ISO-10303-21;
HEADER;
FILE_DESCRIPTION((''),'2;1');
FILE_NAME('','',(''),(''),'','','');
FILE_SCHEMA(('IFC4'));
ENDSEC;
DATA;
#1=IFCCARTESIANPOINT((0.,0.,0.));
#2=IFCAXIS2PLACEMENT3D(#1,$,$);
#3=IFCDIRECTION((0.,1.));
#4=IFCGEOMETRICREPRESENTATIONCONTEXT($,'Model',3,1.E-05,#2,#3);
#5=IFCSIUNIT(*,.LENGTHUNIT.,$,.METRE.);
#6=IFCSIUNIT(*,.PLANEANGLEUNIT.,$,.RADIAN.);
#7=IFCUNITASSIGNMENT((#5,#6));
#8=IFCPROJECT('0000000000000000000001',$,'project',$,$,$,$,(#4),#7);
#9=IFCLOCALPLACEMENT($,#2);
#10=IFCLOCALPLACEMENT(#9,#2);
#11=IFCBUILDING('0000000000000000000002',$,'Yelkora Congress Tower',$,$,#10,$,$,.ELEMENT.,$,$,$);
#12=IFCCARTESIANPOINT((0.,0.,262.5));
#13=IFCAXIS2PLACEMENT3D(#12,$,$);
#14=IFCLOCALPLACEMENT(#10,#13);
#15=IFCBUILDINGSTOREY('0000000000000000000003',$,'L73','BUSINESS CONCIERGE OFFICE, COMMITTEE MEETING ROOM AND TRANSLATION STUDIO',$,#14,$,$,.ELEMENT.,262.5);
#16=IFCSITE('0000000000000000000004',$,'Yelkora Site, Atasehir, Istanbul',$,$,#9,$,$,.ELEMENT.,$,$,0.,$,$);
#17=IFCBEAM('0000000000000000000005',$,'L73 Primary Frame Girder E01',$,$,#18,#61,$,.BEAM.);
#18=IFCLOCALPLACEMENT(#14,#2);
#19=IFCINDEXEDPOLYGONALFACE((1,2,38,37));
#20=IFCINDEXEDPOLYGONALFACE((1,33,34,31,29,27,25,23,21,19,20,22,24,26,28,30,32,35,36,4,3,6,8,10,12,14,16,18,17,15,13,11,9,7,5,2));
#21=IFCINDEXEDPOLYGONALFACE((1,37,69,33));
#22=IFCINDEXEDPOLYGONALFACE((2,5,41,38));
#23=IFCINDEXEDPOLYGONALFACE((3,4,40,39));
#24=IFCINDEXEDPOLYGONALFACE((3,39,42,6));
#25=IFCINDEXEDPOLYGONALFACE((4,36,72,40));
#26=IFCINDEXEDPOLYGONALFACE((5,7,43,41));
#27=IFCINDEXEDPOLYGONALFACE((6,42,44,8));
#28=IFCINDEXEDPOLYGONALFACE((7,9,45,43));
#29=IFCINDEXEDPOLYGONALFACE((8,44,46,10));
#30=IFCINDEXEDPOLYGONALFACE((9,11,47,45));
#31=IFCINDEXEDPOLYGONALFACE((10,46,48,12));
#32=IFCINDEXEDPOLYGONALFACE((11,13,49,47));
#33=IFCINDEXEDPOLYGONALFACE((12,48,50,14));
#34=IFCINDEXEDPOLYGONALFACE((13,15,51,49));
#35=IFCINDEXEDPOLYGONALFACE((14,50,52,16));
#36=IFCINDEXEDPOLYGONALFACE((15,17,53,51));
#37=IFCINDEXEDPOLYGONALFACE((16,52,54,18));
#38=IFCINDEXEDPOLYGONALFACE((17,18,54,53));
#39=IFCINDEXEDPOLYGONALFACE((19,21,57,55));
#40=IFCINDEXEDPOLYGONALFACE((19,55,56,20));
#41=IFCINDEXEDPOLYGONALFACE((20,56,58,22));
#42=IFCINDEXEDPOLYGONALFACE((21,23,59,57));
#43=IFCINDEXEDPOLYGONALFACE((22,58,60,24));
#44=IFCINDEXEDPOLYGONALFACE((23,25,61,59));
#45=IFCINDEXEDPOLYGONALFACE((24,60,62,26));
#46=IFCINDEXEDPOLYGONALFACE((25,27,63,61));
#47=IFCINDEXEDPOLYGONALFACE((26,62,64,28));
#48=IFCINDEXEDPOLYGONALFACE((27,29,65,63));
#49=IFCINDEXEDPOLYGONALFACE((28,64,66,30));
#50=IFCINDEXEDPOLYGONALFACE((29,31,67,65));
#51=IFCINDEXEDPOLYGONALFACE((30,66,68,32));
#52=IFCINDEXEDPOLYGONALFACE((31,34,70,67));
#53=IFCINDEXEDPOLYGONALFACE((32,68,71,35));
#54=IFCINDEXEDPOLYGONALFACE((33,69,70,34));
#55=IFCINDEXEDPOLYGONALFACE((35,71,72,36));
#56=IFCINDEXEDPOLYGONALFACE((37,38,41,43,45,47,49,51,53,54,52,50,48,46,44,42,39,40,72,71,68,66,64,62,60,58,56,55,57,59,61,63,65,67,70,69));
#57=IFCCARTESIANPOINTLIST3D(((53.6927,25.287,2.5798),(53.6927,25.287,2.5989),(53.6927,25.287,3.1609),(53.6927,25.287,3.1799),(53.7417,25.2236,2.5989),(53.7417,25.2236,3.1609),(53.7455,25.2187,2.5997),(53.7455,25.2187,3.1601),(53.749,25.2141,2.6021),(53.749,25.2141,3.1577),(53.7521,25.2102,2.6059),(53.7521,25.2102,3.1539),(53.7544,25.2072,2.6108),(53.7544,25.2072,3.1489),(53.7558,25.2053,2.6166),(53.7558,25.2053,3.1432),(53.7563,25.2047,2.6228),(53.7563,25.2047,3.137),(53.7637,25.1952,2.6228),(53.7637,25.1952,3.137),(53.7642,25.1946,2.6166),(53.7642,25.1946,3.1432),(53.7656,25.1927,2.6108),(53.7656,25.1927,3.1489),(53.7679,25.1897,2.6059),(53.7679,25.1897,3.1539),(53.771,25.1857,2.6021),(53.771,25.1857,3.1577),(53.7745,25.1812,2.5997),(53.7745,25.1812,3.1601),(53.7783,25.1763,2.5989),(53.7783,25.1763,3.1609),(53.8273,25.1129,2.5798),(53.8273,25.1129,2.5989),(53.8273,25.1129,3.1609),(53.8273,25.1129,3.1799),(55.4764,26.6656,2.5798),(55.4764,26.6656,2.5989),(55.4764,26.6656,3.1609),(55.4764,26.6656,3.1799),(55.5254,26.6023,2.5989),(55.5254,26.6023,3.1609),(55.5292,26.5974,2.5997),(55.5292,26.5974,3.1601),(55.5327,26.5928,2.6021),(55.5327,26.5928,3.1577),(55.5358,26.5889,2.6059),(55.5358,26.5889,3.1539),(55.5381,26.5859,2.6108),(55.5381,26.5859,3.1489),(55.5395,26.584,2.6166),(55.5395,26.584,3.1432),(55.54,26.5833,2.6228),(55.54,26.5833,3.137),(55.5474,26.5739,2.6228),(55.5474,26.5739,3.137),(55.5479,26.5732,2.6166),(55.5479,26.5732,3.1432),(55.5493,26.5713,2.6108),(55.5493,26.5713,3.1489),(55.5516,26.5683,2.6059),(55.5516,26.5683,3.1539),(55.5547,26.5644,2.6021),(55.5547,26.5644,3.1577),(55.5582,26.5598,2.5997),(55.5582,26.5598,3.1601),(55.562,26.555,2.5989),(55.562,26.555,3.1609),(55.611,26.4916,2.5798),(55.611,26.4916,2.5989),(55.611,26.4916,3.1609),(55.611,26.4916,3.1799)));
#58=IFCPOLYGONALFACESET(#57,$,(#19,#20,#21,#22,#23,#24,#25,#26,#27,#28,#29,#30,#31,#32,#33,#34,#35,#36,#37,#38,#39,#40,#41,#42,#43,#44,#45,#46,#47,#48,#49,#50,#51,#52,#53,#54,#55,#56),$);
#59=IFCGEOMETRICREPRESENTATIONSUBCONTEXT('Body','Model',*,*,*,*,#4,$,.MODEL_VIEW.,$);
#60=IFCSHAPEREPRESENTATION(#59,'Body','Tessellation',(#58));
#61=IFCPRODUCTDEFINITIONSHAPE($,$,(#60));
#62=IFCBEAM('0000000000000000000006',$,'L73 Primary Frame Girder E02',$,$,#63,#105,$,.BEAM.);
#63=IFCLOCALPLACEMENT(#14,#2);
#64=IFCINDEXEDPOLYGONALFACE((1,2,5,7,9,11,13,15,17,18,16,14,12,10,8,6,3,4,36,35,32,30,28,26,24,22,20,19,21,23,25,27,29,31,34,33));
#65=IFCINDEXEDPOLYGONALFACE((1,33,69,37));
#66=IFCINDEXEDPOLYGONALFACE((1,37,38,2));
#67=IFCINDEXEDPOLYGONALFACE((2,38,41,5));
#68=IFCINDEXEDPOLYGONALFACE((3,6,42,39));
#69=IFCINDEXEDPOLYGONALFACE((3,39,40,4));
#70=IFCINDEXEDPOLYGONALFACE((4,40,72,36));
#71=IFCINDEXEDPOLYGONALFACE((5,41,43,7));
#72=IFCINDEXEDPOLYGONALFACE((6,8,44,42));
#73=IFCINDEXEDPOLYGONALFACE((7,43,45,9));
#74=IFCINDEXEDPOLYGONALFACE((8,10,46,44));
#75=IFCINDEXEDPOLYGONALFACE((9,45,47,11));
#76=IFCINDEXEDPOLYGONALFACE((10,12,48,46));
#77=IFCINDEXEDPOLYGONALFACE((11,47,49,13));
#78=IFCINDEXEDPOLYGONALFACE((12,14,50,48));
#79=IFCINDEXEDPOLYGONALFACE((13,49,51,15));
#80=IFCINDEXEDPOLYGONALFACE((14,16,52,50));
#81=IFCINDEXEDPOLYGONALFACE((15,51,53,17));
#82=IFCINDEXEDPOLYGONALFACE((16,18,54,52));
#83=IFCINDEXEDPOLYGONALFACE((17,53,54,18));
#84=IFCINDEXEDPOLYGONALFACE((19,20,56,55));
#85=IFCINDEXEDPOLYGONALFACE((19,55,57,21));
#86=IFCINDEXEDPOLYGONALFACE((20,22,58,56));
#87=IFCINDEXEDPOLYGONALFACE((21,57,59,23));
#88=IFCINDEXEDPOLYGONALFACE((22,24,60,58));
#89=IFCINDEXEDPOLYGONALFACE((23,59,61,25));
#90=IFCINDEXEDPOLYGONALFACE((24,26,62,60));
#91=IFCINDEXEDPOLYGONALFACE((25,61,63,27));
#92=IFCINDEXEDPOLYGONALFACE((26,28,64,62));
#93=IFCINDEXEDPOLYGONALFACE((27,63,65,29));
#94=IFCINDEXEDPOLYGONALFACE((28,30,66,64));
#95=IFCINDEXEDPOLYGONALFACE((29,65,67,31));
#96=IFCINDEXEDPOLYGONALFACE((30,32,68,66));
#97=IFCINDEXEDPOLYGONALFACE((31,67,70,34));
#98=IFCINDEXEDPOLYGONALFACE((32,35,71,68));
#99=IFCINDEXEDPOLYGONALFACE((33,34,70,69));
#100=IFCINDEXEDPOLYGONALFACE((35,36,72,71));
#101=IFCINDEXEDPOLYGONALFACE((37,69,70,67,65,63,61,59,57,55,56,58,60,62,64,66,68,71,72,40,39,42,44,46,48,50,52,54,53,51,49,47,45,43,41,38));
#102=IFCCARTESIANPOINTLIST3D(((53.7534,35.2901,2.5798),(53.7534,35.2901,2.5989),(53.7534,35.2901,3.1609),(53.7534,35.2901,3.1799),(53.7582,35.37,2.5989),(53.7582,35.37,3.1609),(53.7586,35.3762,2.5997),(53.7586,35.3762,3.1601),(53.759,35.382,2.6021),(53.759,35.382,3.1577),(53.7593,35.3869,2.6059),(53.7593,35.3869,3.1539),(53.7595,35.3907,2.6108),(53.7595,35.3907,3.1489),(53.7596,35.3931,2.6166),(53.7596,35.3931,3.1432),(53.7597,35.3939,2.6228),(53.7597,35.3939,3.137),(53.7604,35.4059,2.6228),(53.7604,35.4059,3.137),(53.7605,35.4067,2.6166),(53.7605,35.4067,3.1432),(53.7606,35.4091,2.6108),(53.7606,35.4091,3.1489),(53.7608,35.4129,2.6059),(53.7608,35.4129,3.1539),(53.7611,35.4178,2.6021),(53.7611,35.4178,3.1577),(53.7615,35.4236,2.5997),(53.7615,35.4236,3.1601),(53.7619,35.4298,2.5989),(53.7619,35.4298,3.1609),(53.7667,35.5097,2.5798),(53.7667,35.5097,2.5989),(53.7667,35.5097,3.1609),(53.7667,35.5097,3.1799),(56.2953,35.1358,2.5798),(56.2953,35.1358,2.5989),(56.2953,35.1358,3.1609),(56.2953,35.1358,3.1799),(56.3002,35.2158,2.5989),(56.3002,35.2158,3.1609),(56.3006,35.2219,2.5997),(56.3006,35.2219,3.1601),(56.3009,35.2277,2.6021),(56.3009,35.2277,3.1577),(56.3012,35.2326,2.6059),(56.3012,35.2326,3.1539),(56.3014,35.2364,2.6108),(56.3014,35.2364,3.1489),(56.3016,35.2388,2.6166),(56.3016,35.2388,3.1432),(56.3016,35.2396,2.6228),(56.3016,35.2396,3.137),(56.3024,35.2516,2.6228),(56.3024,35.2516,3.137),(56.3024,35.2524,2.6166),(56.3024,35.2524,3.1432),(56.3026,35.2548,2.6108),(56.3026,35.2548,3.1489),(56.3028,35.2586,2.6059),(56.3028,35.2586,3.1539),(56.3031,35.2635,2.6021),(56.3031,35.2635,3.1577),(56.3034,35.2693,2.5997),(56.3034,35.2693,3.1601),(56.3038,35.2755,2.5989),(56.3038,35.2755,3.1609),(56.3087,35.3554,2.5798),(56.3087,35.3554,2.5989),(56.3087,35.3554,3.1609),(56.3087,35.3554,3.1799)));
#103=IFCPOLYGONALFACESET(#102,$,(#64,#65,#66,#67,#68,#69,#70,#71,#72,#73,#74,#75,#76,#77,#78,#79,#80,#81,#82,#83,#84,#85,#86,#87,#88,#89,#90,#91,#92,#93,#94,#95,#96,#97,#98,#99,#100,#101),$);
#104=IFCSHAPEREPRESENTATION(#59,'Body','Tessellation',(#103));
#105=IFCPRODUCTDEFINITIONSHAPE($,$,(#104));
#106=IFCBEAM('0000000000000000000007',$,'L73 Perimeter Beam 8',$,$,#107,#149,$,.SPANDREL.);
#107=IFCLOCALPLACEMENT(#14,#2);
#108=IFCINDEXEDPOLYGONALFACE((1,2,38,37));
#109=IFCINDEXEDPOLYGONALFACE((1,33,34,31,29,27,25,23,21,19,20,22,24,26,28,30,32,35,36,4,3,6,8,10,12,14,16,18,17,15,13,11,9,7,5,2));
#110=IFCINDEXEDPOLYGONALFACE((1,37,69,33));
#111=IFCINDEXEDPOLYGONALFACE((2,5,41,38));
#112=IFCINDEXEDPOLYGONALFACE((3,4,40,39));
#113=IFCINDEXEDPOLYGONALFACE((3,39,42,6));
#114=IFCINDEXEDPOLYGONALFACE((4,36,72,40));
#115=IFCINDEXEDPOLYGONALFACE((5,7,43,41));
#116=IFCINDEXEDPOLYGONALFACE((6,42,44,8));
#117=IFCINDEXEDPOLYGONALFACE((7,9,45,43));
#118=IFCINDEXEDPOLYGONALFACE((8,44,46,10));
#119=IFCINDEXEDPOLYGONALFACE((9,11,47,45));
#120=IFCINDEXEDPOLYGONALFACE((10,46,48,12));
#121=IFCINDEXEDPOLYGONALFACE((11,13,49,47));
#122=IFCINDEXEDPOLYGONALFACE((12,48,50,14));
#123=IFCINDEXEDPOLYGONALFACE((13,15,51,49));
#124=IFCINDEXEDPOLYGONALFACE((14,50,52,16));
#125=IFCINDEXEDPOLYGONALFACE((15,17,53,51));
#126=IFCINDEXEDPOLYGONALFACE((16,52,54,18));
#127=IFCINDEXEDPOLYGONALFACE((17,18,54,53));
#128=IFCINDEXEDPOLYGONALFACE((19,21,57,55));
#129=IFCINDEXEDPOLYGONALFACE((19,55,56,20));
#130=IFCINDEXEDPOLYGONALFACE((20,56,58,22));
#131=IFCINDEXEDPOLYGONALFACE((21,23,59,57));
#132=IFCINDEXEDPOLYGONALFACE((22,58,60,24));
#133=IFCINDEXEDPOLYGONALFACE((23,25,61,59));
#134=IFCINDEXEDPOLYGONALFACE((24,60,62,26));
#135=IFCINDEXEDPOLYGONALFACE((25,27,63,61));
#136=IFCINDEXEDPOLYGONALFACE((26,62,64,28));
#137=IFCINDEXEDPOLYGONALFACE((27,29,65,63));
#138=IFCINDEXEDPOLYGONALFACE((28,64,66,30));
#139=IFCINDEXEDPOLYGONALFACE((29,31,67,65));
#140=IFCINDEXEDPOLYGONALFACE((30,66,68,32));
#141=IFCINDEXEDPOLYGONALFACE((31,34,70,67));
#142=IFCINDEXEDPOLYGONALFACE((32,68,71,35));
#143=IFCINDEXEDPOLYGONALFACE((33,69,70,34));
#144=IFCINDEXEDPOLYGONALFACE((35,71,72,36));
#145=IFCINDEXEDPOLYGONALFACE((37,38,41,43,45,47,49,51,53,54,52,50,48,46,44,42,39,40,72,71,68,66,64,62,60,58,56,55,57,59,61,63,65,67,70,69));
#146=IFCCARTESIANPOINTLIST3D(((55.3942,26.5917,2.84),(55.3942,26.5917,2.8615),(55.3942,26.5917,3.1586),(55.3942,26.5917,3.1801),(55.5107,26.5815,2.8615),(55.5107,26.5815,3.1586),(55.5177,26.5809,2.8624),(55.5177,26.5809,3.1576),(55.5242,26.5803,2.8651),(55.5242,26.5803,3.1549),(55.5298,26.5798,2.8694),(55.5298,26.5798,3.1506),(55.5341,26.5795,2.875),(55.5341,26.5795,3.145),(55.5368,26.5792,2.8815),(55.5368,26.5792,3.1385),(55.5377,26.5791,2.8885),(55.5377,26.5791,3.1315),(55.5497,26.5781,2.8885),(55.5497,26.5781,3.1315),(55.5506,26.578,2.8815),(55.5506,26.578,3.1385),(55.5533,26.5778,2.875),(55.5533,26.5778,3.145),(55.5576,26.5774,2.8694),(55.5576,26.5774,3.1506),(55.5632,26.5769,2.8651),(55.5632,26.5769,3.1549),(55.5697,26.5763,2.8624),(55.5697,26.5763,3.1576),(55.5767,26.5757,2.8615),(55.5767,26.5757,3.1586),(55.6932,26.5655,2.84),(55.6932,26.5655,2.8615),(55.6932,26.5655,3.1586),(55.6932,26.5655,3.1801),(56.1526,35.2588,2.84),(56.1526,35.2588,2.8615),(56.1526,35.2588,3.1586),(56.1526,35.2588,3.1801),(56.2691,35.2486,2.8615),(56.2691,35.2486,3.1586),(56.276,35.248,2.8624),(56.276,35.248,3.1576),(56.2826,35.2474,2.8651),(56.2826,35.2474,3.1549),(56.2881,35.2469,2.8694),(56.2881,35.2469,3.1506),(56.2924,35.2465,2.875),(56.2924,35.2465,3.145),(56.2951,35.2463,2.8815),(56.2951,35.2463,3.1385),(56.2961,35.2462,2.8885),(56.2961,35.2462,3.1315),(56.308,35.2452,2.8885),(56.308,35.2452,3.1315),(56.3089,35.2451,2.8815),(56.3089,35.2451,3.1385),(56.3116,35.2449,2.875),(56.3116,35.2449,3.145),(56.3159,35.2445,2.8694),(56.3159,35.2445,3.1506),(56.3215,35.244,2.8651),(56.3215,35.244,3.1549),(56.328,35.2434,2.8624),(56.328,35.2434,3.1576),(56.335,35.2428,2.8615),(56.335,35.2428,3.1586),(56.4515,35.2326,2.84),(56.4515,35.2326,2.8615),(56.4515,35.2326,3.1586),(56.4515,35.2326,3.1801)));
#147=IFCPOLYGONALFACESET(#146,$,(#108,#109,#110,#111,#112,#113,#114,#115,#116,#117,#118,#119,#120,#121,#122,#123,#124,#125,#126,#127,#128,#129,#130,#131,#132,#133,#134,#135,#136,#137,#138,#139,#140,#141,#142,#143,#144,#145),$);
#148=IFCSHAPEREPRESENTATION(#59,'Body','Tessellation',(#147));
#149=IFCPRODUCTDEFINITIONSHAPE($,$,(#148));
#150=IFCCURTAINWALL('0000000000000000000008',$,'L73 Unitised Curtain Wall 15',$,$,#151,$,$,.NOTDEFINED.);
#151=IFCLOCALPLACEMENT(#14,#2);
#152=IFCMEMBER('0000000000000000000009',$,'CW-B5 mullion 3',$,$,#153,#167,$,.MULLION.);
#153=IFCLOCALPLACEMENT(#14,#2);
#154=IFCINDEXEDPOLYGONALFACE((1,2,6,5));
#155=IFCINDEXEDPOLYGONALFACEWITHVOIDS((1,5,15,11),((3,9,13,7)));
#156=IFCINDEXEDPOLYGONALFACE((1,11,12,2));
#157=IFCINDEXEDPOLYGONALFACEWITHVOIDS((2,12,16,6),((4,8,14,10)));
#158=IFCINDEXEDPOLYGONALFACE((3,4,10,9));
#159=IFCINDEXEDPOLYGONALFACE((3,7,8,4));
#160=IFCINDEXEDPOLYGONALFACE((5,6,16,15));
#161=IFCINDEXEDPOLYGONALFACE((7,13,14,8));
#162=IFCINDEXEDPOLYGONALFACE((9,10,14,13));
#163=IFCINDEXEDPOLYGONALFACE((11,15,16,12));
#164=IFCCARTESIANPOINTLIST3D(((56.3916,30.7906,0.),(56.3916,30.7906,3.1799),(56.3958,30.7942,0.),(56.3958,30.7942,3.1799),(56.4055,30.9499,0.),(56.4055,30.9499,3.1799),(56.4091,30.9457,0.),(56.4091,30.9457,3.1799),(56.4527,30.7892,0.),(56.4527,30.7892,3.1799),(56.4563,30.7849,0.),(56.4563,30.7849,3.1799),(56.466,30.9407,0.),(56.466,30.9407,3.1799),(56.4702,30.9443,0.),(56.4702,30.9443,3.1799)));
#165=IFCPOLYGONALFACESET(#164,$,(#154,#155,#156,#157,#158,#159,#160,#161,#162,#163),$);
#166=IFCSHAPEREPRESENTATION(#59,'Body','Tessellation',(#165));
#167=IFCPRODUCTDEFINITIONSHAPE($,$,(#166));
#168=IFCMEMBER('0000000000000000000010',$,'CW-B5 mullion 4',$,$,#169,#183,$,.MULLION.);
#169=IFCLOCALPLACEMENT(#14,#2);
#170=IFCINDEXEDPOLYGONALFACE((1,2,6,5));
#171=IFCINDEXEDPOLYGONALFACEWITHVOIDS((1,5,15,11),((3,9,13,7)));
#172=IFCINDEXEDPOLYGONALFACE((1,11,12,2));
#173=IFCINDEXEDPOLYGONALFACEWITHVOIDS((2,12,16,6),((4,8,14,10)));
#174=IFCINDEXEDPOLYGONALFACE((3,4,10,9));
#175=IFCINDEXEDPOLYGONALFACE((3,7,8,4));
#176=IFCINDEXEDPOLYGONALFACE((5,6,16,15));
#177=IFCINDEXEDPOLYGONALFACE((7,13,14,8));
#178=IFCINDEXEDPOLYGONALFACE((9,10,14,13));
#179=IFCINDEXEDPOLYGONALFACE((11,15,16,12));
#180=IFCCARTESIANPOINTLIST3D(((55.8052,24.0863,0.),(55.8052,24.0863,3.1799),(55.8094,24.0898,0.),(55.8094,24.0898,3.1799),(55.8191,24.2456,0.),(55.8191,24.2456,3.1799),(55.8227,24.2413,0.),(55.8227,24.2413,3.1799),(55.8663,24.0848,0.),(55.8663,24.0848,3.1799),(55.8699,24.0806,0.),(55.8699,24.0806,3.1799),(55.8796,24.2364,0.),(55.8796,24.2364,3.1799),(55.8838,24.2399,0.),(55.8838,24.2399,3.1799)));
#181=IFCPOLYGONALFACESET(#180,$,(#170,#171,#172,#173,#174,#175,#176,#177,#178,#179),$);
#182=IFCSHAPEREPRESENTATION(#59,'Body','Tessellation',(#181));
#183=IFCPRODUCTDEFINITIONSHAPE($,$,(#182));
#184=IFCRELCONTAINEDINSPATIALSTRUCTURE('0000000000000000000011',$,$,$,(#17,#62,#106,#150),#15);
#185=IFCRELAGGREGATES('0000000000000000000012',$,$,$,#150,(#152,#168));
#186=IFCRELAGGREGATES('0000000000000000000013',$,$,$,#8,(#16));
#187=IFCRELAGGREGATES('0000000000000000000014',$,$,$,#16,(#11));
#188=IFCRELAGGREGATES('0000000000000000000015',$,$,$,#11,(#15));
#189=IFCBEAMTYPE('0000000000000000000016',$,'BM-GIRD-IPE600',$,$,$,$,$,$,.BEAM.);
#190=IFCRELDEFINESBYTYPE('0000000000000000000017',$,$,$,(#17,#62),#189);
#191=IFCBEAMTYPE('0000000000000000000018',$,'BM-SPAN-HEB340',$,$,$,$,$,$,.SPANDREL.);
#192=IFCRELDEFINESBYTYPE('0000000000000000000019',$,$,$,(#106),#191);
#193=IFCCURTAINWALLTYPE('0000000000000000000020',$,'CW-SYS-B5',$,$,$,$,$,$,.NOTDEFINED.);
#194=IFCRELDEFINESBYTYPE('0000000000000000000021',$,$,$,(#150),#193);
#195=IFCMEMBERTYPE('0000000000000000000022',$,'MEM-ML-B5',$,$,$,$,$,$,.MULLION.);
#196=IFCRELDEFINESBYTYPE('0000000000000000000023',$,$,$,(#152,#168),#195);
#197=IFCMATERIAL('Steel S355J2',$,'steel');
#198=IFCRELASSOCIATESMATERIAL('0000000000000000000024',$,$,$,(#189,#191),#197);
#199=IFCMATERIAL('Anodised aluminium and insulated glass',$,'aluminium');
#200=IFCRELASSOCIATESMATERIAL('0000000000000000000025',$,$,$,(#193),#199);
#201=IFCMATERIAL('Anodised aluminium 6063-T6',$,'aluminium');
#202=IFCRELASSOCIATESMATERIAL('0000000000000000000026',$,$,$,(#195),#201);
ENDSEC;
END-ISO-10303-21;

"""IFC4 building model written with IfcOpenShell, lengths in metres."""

from ifc_helpers import new_model, si_unit, direction, frame, origin, origin_2d, place, context, subcontext, project, spatial, hollow_rectangle, i_section, extrude, material, material_profile, profile_set, type_object, element, aggregate, save


model = new_model("IFC4")

# Units and contexts
model_context = context("Model", 3, precision=1e-05, world=origin(), true_north=direction((0.0, 1.0)))
body_context = subcontext(model_context, "Body", "Model", "MODEL_VIEW")
ifc_project = project(units=[si_unit("LENGTHUNIT", "METRE"), si_unit("PLANEANGLEUNIT", "RADIAN")], contexts=[model_context])

# Site, building, storey
site_placement = place(None, origin())
site = spatial("IfcSite", under=ifc_project, at=site_placement, Name="Yelkora Site, Atasehir, Istanbul", CompositionType="ELEMENT", RefElevation=0.0)
building_placement = place(site_placement, origin())
building = spatial("IfcBuilding", under=site, at=building_placement, Name="Yelkora Congress Tower", CompositionType="ELEMENT")
storey_placement = place(building_placement, frame((0.0, 0.0, 262.5)))
storey = spatial("IfcBuildingStorey", under=building, at=storey_placement, Name="L73", Description="BUSINESS CONCIERGE OFFICE, COMMITTEE MEETING ROOM AND TRANSLATION STUDIO", CompositionType="ELEMENT", Elevation=262.5)

# Shared definitions
ifc_material_1 = material(Name="Steel S355J2", Category="steel")

# Beams
ifc_material_profile_1 = material_profile(ifc_material_1, i_section(OverallWidth=0.22, OverallDepth=0.6001, WebThickness=0.012, FlangeThickness=0.019, FilletRadius=0.0239, at=origin_2d()), Name="IPE 600")
ifc_profile_set_1 = profile_set([ifc_material_profile_1], Name="Steel S355J2")
beam_type_1 = type_object("IfcBeamType", Name="BM-GIRD-IPE600", PredefinedType="BEAM", material=ifc_profile_set_1)
beam_1_placement = place(storey_placement, frame((55.5437, 26.5786, 2.8799), z_axis=(-0.791209, -0.611546, 0.0), x_axis=(0.611546, -0.791209, 0.0)))
element("IfcBeam", 1, at=beam_1_placement, inside=storey, type_object=beam_type_1, Name="L73 Primary Frame Girder E01", PredefinedType="BEAM", context=body_context, shape_type="SweptSolid", body=[
    extrude(i_section(OverallWidth=0.22, OverallDepth=0.6001, WebThickness=0.012, FlangeThickness=0.019, FilletRadius=0.0239, at=origin_2d()), origin(), (0.0, 0.0, 1.0), 2.2544),
])
beam_2_placement = place(storey_placement, frame((56.302, 35.2456, 2.8799), z_axis=(-0.998163, 0.060588, 0.0), x_axis=(-0.060588, -0.998163, 0.0)))
element("IfcBeam", 2, at=beam_2_placement, inside=storey, type_object=beam_type_1, Name="L73 Primary Frame Girder E02", PredefinedType="BEAM", context=body_context, shape_type="SweptSolid", body=[
    extrude(i_section(OverallWidth=0.22, OverallDepth=0.6001, WebThickness=0.012, FlangeThickness=0.019, FilletRadius=0.0239, at=origin_2d()), origin(), (0.0, 0.0, 1.0), 2.5466),
])
ifc_material_profile_2 = material_profile(ifc_material_1, i_section(OverallWidth=0.3, OverallDepth=0.3401, WebThickness=0.012, FlangeThickness=0.0215, FilletRadius=0.0271, at=origin_2d()), Name="HEB 340")
ifc_profile_set_2 = profile_set([ifc_material_profile_2], Name="Steel S355J2")
beam_type_2 = type_object("IfcBeamType", Name="BM-SPAN-HEB340", PredefinedType="SPANDREL", material=ifc_profile_set_2)
beam_3_placement = place(storey_placement, frame((55.5437, 26.5786, 3.01), z_axis=(0.08716, 0.996194, 0.0), x_axis=(-0.996194, 0.08716, 0.0)))
element("IfcBeam", 3, at=beam_3_placement, inside=storey, type_object=beam_type_2, Name="L73 Perimeter Beam 8", PredefinedType="SPANDREL", context=body_context, shape_type="SweptSolid", body=[
    extrude(i_section(OverallWidth=0.3, OverallDepth=0.3401, WebThickness=0.012, FlangeThickness=0.0215, FilletRadius=0.0271, at=origin_2d()), origin(), (0.0, 0.0, 1.0), 8.7002),
])

# Curtain wall, members
ifc_material_2 = material(Name="Anodised aluminium and insulated glass", Category="aluminium")
curtain_wall_type = type_object("IfcCurtainWallType", Name="CW-SYS-B5", PredefinedType="NOTDEFINED", material=ifc_material_2)
curtain_wall_placement = place(storey_placement, origin())
curtain_wall = element("IfcCurtainWall", 4, at=curtain_wall_placement, inside=storey, type_object=curtain_wall_type, Name="L73 Unitised Curtain Wall 15", PredefinedType="NOTDEFINED")
ifc_material_3 = material(Name="Anodised aluminium 6063-T6", Category="aluminium")
ifc_material_profile_3 = material_profile(ifc_material_3, hollow_rectangle(XDim=0.0649, YDim=0.1599, WallThickness=0.0039, at=origin_2d()), Name="ALU 65x160x4")
ifc_profile_set_3 = profile_set([ifc_material_profile_3], Name="Anodised aluminium 6063-T6")
member_type_1 = type_object("IfcMemberType", Name="MEM-ML-B5", PredefinedType="MULLION", material=ifc_profile_set_3)
member_1_placement = place(storey_placement, frame((56.4309, 30.8674, 0.0), z_axis=(0.0, 0.0, 1.0), x_axis=(0.996194, -0.087158, 0.0)))
member_1 = element("IfcMember", 5, at=member_1_placement, type_object=member_type_1, Name="CW-B5 mullion 3", PredefinedType="MULLION", context=body_context, shape_type="SweptSolid", body=[
    extrude(hollow_rectangle(XDim=0.0649, YDim=0.1599, WallThickness=0.0039, at=origin_2d()), origin(), (0.0, 0.0, 1.0), 3.1799),
])
member_2_placement = place(storey_placement, frame((55.8445, 24.1631, 0.0), z_axis=(0.0, 0.0, 1.0), x_axis=(0.996194, -0.087158, 0.0)))
member_2 = element("IfcMember", 6, at=member_2_placement, type_object=member_type_1, Name="CW-B5 mullion 4", PredefinedType="MULLION", context=body_context, shape_type="SweptSolid", body=[
    extrude(hollow_rectangle(XDim=0.0649, YDim=0.1599, WallThickness=0.0039, at=origin_2d()), origin(), (0.0, 0.0, 1.0), 3.1799),
])
aggregate(curtain_wall, [member_1, member_2])

save(model, "model.ifc")
